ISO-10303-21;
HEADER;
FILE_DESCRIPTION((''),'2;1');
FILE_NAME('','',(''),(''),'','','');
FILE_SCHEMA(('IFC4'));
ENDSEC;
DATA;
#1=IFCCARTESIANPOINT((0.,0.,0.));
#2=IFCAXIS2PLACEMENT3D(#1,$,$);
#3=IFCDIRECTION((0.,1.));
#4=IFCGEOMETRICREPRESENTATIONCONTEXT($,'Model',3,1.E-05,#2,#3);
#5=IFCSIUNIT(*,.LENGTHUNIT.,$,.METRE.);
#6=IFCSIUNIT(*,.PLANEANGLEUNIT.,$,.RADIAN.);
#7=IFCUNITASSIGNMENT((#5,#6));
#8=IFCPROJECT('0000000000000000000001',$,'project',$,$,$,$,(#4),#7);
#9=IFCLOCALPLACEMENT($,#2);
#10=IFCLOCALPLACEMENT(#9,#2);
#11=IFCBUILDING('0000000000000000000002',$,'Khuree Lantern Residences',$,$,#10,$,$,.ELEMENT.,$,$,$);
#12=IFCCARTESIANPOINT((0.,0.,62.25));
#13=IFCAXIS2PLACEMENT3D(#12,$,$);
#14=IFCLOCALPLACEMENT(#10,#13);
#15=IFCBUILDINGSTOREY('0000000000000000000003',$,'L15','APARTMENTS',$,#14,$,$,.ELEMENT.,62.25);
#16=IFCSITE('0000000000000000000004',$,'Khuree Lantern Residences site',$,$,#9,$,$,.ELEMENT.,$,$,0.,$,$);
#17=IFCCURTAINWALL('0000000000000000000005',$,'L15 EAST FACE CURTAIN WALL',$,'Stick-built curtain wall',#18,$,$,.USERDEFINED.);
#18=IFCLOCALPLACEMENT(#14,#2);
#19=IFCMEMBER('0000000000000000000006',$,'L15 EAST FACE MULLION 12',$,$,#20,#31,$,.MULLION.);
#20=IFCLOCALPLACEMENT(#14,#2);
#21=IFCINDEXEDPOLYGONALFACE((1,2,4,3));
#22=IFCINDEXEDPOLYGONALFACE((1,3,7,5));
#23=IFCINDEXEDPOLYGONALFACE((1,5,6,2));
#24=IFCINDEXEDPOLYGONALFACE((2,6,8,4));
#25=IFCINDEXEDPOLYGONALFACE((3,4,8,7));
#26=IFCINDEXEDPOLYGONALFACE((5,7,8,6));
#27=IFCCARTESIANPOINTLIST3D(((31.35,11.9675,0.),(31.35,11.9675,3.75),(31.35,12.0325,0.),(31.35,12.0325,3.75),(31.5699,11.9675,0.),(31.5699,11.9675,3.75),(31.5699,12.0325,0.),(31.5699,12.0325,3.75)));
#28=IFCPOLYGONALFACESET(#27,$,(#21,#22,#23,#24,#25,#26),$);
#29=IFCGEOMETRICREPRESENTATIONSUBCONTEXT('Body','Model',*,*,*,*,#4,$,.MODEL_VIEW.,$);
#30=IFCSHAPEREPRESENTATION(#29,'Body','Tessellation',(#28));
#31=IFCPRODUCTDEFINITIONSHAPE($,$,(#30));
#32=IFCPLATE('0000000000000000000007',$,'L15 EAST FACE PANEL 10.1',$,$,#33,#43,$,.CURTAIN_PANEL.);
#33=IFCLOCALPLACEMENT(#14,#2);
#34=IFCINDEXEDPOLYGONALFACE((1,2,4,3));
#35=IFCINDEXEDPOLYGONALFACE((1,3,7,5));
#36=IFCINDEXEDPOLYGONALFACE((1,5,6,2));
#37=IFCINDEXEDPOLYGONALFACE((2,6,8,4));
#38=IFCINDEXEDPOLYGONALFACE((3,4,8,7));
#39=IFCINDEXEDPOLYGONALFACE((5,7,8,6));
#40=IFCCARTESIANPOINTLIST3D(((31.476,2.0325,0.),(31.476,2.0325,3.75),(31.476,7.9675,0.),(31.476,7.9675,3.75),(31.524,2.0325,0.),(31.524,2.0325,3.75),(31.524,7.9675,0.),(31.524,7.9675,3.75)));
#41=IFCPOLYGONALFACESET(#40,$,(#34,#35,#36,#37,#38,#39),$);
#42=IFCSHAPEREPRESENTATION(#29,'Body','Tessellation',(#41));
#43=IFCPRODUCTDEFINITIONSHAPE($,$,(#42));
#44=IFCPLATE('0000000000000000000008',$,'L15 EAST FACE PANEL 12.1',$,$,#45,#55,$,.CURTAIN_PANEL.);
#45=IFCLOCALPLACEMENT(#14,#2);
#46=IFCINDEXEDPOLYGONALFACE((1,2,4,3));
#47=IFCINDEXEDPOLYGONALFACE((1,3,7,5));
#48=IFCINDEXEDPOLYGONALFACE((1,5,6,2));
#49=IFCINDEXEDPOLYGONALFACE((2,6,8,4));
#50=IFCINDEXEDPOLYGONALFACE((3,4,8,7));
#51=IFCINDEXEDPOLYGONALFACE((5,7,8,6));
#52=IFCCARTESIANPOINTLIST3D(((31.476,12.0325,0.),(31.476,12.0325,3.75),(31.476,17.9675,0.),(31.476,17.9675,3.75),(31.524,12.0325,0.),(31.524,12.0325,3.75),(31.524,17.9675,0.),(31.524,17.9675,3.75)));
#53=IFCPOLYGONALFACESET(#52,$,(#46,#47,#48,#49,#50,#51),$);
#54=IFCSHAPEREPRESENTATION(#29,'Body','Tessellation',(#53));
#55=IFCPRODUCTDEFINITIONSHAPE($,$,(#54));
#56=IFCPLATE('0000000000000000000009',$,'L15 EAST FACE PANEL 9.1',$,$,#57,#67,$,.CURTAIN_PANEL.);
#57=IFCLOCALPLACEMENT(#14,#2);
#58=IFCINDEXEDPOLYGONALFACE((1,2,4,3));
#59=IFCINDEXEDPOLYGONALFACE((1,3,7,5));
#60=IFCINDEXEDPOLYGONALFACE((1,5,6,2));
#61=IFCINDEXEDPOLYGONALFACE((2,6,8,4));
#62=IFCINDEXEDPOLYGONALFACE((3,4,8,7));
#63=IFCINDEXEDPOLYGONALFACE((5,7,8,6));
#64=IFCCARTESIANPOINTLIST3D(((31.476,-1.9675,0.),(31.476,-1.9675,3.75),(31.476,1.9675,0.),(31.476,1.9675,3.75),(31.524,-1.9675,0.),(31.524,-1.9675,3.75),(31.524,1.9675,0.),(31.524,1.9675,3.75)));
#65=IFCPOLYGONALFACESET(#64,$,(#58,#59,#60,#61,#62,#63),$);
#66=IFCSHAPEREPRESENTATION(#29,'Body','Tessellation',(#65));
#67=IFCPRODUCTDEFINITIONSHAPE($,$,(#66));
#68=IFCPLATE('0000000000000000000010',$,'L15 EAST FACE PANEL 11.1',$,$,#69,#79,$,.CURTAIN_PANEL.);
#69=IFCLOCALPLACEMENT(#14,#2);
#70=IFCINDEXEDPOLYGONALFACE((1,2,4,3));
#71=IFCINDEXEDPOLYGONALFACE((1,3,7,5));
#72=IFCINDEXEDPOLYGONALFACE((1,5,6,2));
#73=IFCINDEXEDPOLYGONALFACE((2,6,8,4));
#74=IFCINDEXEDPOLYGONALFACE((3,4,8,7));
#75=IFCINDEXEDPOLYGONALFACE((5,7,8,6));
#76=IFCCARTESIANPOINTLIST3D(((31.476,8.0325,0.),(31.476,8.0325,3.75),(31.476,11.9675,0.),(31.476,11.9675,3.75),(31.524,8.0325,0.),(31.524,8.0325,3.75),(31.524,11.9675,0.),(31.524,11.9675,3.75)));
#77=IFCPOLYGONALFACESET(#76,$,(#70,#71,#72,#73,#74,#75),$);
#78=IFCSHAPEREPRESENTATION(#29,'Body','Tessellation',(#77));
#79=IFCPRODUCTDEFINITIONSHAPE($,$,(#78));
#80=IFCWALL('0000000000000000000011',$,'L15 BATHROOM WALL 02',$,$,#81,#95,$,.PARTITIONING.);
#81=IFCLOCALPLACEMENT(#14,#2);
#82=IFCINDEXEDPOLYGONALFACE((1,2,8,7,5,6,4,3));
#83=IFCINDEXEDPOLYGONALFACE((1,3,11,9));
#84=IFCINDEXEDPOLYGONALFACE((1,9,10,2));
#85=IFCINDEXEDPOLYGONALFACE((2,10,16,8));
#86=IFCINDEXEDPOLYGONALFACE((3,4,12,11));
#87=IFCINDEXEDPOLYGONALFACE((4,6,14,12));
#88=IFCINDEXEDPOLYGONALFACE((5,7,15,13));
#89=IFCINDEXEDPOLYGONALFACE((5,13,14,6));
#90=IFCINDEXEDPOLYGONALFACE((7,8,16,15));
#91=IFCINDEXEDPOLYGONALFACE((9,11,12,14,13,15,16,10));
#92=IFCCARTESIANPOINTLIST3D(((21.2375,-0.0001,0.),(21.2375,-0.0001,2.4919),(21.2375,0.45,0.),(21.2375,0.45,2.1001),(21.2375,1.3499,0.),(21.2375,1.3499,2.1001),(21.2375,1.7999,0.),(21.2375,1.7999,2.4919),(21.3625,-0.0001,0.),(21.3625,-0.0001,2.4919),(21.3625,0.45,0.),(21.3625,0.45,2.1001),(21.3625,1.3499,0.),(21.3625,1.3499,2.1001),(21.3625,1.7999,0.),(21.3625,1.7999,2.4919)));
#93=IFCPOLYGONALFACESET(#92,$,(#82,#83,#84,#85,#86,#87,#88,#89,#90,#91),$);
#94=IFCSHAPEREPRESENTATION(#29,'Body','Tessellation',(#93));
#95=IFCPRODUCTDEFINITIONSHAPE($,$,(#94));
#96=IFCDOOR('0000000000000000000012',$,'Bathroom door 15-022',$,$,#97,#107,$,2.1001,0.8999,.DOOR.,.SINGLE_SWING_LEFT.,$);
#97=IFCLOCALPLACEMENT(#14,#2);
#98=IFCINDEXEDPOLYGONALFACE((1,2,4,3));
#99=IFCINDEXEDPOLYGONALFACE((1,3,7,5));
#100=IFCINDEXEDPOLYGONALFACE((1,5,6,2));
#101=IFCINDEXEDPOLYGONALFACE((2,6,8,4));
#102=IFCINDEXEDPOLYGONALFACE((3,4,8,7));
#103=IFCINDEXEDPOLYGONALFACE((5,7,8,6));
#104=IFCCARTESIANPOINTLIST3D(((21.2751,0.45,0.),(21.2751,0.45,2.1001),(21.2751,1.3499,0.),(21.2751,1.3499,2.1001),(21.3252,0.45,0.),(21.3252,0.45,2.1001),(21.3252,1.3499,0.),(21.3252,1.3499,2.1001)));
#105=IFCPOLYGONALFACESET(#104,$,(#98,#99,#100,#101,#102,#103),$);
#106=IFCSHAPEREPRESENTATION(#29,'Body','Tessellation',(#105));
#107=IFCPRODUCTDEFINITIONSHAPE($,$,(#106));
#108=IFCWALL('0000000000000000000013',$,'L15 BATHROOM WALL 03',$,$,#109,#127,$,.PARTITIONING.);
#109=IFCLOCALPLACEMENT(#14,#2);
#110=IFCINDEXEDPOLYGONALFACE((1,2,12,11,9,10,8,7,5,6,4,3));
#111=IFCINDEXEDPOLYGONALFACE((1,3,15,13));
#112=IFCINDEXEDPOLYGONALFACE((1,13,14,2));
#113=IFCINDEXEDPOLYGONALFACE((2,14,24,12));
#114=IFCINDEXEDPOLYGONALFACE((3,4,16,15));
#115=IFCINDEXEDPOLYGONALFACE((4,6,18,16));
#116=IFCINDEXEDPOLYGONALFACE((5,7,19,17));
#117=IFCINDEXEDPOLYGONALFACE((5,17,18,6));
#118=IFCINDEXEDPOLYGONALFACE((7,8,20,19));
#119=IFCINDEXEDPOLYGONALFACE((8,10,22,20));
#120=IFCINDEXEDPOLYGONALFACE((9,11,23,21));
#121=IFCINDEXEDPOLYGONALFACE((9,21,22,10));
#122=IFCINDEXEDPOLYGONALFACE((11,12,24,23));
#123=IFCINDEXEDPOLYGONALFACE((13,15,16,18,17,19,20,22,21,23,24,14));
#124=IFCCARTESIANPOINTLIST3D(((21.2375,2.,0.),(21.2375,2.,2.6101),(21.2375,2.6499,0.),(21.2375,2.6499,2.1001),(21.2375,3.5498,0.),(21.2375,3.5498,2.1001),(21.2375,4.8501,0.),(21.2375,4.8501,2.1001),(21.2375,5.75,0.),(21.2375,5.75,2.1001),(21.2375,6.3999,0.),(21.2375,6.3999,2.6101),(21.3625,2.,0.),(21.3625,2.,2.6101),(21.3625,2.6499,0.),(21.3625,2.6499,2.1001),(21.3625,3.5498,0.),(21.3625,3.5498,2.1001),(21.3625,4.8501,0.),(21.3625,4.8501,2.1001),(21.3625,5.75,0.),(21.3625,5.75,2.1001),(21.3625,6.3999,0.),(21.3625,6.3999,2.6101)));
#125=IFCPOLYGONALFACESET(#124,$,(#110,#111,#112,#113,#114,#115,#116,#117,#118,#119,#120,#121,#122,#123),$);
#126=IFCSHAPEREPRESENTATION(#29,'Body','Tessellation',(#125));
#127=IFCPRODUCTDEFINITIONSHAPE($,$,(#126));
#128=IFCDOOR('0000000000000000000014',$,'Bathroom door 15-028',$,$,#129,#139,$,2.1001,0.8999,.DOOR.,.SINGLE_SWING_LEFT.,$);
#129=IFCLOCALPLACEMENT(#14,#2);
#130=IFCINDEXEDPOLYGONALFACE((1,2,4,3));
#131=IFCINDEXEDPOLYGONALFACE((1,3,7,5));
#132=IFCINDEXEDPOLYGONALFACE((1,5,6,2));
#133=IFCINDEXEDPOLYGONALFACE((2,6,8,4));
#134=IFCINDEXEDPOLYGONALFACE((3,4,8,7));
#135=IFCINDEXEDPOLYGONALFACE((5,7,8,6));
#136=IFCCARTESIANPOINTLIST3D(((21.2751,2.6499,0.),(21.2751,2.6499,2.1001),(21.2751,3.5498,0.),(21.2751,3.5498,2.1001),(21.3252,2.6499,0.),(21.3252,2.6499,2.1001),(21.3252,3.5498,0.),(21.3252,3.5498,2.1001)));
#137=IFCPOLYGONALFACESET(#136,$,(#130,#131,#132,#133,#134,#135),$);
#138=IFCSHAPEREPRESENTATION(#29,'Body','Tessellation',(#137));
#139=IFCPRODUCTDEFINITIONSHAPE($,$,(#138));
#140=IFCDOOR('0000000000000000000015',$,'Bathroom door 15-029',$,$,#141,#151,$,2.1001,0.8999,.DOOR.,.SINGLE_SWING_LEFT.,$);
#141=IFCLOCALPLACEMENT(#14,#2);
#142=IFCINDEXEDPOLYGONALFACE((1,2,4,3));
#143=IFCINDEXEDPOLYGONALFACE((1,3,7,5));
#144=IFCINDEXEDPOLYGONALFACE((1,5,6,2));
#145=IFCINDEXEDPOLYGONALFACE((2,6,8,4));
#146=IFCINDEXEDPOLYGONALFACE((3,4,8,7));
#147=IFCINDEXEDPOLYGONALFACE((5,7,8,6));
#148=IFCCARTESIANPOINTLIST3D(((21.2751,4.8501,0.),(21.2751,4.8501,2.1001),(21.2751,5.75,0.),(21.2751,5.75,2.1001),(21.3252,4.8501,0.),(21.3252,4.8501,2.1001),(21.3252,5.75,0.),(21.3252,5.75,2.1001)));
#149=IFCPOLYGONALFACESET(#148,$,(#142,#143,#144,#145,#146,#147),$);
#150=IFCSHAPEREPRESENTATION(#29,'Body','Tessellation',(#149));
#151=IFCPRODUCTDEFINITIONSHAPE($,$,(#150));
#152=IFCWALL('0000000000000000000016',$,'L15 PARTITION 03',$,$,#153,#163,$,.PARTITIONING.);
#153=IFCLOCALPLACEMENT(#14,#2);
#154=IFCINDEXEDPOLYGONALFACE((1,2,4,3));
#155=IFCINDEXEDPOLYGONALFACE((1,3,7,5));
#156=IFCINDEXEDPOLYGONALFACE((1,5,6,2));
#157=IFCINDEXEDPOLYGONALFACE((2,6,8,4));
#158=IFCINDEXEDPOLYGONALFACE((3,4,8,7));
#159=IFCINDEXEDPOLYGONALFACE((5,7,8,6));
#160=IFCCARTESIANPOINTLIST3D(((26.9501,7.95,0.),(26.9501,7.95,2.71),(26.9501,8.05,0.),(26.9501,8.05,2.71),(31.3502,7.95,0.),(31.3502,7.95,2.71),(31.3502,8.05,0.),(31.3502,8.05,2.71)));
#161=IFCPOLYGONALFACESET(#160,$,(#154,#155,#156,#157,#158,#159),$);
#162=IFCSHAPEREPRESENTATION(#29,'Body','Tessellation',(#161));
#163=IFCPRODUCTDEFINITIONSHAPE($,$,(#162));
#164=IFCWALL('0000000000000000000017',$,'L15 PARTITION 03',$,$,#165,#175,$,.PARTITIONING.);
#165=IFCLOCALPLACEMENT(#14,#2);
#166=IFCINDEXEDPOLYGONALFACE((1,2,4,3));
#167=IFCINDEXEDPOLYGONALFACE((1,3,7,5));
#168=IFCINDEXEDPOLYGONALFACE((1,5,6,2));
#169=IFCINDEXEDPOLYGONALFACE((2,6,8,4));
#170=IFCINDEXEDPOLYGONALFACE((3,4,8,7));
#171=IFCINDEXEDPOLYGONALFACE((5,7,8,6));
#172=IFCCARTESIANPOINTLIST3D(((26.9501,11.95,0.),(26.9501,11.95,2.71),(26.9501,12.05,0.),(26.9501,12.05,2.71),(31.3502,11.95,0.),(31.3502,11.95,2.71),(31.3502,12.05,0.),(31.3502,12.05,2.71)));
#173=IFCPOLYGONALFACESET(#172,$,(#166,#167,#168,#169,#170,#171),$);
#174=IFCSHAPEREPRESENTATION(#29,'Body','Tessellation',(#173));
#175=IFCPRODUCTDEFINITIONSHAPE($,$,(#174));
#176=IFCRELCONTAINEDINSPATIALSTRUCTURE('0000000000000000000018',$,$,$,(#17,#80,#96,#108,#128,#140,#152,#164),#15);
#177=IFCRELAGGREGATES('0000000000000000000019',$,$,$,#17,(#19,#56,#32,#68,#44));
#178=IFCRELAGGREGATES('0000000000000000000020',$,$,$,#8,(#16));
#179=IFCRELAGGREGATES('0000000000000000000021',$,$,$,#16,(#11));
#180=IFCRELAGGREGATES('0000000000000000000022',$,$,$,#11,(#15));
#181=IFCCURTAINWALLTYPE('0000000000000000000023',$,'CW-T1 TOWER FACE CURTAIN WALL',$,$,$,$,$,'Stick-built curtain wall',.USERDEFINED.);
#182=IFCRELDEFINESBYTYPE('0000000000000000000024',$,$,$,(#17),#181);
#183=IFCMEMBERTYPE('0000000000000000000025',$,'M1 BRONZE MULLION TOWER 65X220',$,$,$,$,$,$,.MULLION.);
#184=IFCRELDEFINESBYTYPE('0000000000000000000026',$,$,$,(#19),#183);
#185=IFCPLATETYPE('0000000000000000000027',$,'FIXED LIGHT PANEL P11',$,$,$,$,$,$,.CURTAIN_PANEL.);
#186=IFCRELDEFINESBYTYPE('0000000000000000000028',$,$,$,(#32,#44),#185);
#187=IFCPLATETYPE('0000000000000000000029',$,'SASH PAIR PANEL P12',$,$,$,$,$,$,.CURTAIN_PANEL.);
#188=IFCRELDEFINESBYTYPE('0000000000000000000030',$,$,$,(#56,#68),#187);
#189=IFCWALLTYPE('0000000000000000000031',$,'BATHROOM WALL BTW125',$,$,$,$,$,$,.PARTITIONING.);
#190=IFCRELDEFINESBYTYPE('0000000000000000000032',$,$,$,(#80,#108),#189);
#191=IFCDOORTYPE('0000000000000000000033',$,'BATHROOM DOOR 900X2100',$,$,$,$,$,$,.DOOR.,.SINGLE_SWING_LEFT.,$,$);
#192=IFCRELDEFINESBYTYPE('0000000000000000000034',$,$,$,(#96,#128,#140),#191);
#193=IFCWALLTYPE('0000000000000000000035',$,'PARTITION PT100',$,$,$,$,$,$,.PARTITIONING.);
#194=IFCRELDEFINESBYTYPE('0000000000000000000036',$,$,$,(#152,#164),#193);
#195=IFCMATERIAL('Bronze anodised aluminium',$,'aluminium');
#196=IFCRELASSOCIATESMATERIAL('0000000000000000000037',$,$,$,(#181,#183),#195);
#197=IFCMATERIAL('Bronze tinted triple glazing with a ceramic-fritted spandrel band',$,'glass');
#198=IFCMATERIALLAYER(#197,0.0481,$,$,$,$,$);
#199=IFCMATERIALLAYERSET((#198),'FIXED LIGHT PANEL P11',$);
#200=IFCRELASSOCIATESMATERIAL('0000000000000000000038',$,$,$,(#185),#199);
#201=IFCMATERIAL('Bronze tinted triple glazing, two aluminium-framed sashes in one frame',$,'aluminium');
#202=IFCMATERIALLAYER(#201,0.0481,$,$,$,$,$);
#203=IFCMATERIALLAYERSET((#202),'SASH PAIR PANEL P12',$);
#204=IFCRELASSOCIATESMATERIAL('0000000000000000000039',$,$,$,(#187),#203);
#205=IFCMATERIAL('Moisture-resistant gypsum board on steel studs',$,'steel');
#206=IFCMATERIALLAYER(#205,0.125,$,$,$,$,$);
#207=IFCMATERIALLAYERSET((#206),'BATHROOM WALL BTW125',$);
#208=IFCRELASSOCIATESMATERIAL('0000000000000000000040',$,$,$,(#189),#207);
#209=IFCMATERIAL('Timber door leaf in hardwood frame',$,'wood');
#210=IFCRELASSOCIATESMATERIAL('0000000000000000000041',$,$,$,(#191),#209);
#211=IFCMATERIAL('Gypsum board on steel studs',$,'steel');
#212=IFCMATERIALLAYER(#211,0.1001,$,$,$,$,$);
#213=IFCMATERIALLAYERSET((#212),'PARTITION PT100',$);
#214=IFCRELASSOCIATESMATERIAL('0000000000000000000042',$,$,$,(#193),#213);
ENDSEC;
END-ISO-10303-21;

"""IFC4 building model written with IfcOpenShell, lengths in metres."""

from ifc_helpers import new_model, si_unit, direction, frame, frame_2d, origin, origin_2d, place, context, subcontext, project, spatial, rectangle, extrude, material, layer, layer_set, material_profile, profile_set, type_object, element, fill, aggregate, save


model = new_model("IFC4")

# Units and contexts
model_context = context("Model", 3, precision=1e-05, world=origin(), true_north=direction((0.0, 1.0)))
body_context = subcontext(model_context, "Body", "Model", "MODEL_VIEW")
ifc_project = project(units=[si_unit("LENGTHUNIT", "METRE"), si_unit("PLANEANGLEUNIT", "RADIAN")], contexts=[model_context])

# Site, building, storey
site_placement = place(None, origin())
site = spatial("IfcSite", under=ifc_project, at=site_placement, Name="Khuree Lantern Residences site", CompositionType="ELEMENT", RefElevation=0.0)
building_placement = place(site_placement, origin())
building = spatial("IfcBuilding", under=site, at=building_placement, Name="Khuree Lantern Residences", CompositionType="ELEMENT")
storey_placement = place(building_placement, frame((0.0, 0.0, 62.25)))
storey = spatial("IfcBuildingStorey", under=building, at=storey_placement, Name="L15", Description="APARTMENTS", CompositionType="ELEMENT", Elevation=62.25)

# Curtain wall
ifc_material_1 = material(Name="Bronze anodised aluminium", Category="aluminium")
curtain_wall_type = type_object("IfcCurtainWallType", Name="CW-T1 TOWER FACE CURTAIN WALL", ElementType="Stick-built curtain wall", PredefinedType="USERDEFINED", material=ifc_material_1)
curtain_wall_placement = place(storey_placement, origin())
curtain_wall = element("IfcCurtainWall", 1, at=curtain_wall_placement, inside=storey, type_object=curtain_wall_type, Name="L15 EAST FACE CURTAIN WALL", ObjectType="Stick-built curtain wall", PredefinedType="USERDEFINED")

# Member
ifc_material_profile_1 = material_profile(ifc_material_1, rectangle(XDim=0.0649, YDim=0.22, at=origin_2d()), Name="M1 65X220")
ifc_profile_set_1 = profile_set([ifc_material_profile_1], Name="Bronze anodised aluminium")
member_type_1 = type_object("IfcMemberType", Name="M1 BRONZE MULLION TOWER 65X220", PredefinedType="MULLION", material=ifc_profile_set_1)
member_1_placement = place(storey_placement, frame((31.46, 12.0, 0.0), z_axis=(0.0, 0.0, 1.0), x_axis=(0.0, 1.0, 0.0)))
member_1 = element("IfcMember", 2, at=member_1_placement, type_object=member_type_1, Name="L15 EAST FACE MULLION 12", PredefinedType="MULLION", context=body_context, shape_type="SweptSolid", body=[
    extrude(rectangle(XDim=0.0649, YDim=0.22, at=origin_2d()), origin(), (0.0, 0.0, 1.0), 3.75),
])

# Plates
ifc_material_2 = material(Name="Bronze tinted triple glazing with a ceramic-fritted spandrel band", Category="glass")
ifc_layer_1 = layer(ifc_material_2, 0.0481)
ifc_layer_set_1 = layer_set([ifc_layer_1], Name="FIXED LIGHT PANEL P11")
plate_type_1 = type_object("IfcPlateType", Name="FIXED LIGHT PANEL P11", PredefinedType="CURTAIN_PANEL", material=ifc_layer_set_1)
plate_1_placement = place(storey_placement, frame((31.5, 5.0, 0.0), z_axis=(0.0, 0.0, 1.0), x_axis=(0.0, 1.0, 0.0)))
plate_1 = element("IfcPlate", 3, at=plate_1_placement, type_object=plate_type_1, Name="L15 EAST FACE PANEL 10.1", PredefinedType="CURTAIN_PANEL", context=body_context, shape_type="SweptSolid", body=[
    extrude(rectangle(XDim=5.9351, YDim=0.0481, at=origin_2d()), origin(), (0.0, 0.0, 1.0), 3.75),
])
plate_2_placement = place(storey_placement, frame((31.5, 15.0, 0.0), z_axis=(0.0, 0.0, 1.0), x_axis=(0.0, 1.0, 0.0)))
plate_2 = element("IfcPlate", 4, at=plate_2_placement, type_object=plate_type_1, Name="L15 EAST FACE PANEL 12.1", PredefinedType="CURTAIN_PANEL", context=body_context, shape_type="SweptSolid", body=[
    extrude(rectangle(XDim=5.9351, YDim=0.0481, at=origin_2d()), origin(), (0.0, 0.0, 1.0), 3.75),
])
ifc_material_3 = material(Name="Bronze tinted triple glazing, two aluminium-framed sashes in one frame", Category="aluminium")
ifc_layer_2 = layer(ifc_material_3, 0.0481)
ifc_layer_set_2 = layer_set([ifc_layer_2], Name="SASH PAIR PANEL P12")
plate_type_2 = type_object("IfcPlateType", Name="SASH PAIR PANEL P12", PredefinedType="CURTAIN_PANEL", material=ifc_layer_set_2)
plate_3_placement = place(storey_placement, frame((31.5, 0.0, 0.0), z_axis=(0.0, 0.0, 1.0), x_axis=(0.0, 1.0, 0.0)))
plate_3 = element("IfcPlate", 5, at=plate_3_placement, type_object=plate_type_2, Name="L15 EAST FACE PANEL 9.1", PredefinedType="CURTAIN_PANEL", context=body_context, shape_type="SweptSolid", body=[
    extrude(rectangle(XDim=3.9351, YDim=0.0481, at=origin_2d()), origin(), (0.0, 0.0, 1.0), 3.75),
])
plate_4_placement = place(storey_placement, frame((31.5, 10.0, 0.0), z_axis=(0.0, 0.0, 1.0), x_axis=(0.0, 1.0, 0.0)))
plate_4 = element("IfcPlate", 6, at=plate_4_placement, type_object=plate_type_2, Name="L15 EAST FACE PANEL 11.1", PredefinedType="CURTAIN_PANEL", context=body_context, shape_type="SweptSolid", body=[
    extrude(rectangle(XDim=3.9351, YDim=0.0481, at=origin_2d()), origin(), (0.0, 0.0, 1.0), 3.75),
])
aggregate(curtain_wall, [member_1, plate_3, plate_1, plate_4, plate_2])

# Wall, opening, door
ifc_material_4 = material(Name="Moisture-resistant gypsum board on steel studs", Category="steel")
ifc_layer_3 = layer(ifc_material_4, 0.125)
ifc_layer_set_3 = layer_set([ifc_layer_3], Name="BATHROOM WALL BTW125")
wall_type_1 = type_object("IfcWallType", Name="BATHROOM WALL BTW125", PredefinedType="PARTITIONING", material=ifc_layer_set_3)
wall_1_placement = place(storey_placement, frame((21.3, 0.0, 0.0), z_axis=(0.0, 0.0, 1.0), x_axis=(0.0, 1.0, 0.0)))
wall_1 = element("IfcWall", 7, at=wall_1_placement, inside=storey, type_object=wall_type_1, Name="L15 BATHROOM WALL 02", PredefinedType="PARTITIONING", context=body_context, shape_type="SweptSolid", body=[
    extrude(rectangle(XDim=1.8, YDim=0.125, at=frame_2d((0.8999, 0.0))), origin(), (0.0, 0.0, 1.0), 2.4919),
])
opening_1_placement = place(wall_1_placement, frame((0.45, 0.0, 0.0)))
opening_1 = element("IfcOpeningElement", 8, at=opening_1_placement, cuts=wall_1, PredefinedType="OPENING", context=body_context, shape_type="SweptSolid", body=[
    extrude(rectangle(XDim=0.8999, YDim=2.1001, at=frame_2d((0.45, 1.05))), frame((0.0, 0.0725, 0.0), z_axis=(0.0, -1.0, 0.0), x_axis=(1.0, 0.0, 0.0)), (0.0, 0.0, 1.0), 0.145),
])
ifc_material_5 = material(Name="Timber door leaf in hardwood frame", Category="wood")
door_type_1 = type_object("IfcDoorType", Name="BATHROOM DOOR 900X2100", OperationType="SINGLE_SWING_LEFT", PredefinedType="DOOR", material=ifc_material_5)
door_1_placement = place(opening_1_placement, origin())
door_1 = element("IfcDoor", 9, at=door_1_placement, inside=storey, type_object=door_type_1, Name="Bathroom door 15-022", OperationType="SINGLE_SWING_LEFT", OverallHeight=2.1001, OverallWidth=0.8999, PredefinedType="DOOR", context=body_context, shape_type="SweptSolid", body=[
    extrude(rectangle(XDim=0.8999, YDim=2.1001, at=frame_2d((0.45, 1.05))), frame((0.0, 0.0249, 0.0), z_axis=(0.0, -1.0, 0.0), x_axis=(1.0, 0.0, 0.0)), (0.0, 0.0, 1.0), 0.05),
])
fill(opening_1, door_1)

# Wall, openings, doors
wall_2_placement = place(storey_placement, frame((21.3, 2.0, 0.0), z_axis=(0.0, 0.0, 1.0), x_axis=(0.0, 1.0, 0.0)))
wall_2 = element("IfcWall", 10, at=wall_2_placement, inside=storey, type_object=wall_type_1, Name="L15 BATHROOM WALL 03", PredefinedType="PARTITIONING", context=body_context, shape_type="SweptSolid", body=[
    extrude(rectangle(XDim=4.3999, YDim=0.125, at=frame_2d((2.2, 0.0))), origin(), (0.0, 0.0, 1.0), 2.6101),
])
opening_2_placement = place(wall_2_placement, frame((0.6499, 0.0, 0.0)))
opening_2 = element("IfcOpeningElement", 11, at=opening_2_placement, cuts=wall_2, PredefinedType="OPENING", context=body_context, shape_type="SweptSolid", body=[
    extrude(rectangle(XDim=0.8999, YDim=2.1001, at=frame_2d((0.45, 1.05))), frame((0.0, 0.0725, 0.0), z_axis=(0.0, -1.0, 0.0), x_axis=(1.0, 0.0, 0.0)), (0.0, 0.0, 1.0), 0.145),
])
opening_3_placement = place(wall_2_placement, frame((2.8501, 0.0, 0.0)))
opening_3 = element("IfcOpeningElement", 12, at=opening_3_placement, cuts=wall_2, PredefinedType="OPENING", context=body_context, shape_type="SweptSolid", body=[
    extrude(rectangle(XDim=0.8999, YDim=2.1001, at=frame_2d((0.45, 1.05))), frame((0.0, 0.0725, 0.0), z_axis=(0.0, -1.0, 0.0), x_axis=(1.0, 0.0, 0.0)), (0.0, 0.0, 1.0), 0.145),
])
door_2_placement = place(opening_2_placement, origin())
door_2 = element("IfcDoor", 13, at=door_2_placement, inside=storey, type_object=door_type_1, Name="Bathroom door 15-028", OperationType="SINGLE_SWING_LEFT", OverallHeight=2.1001, OverallWidth=0.8999, PredefinedType="DOOR", context=body_context, shape_type="SweptSolid", body=[
    extrude(rectangle(XDim=0.8999, YDim=2.1001, at=frame_2d((0.45, 1.05))), frame((0.0, 0.0249, 0.0), z_axis=(0.0, -1.0, 0.0), x_axis=(1.0, 0.0, 0.0)), (0.0, 0.0, 1.0), 0.05),
])
fill(opening_2, door_2)
door_3_placement = place(opening_3_placement, origin())
door_3 = element("IfcDoor", 14, at=door_3_placement, inside=storey, type_object=door_type_1, Name="Bathroom door 15-029", OperationType="SINGLE_SWING_LEFT", OverallHeight=2.1001, OverallWidth=0.8999, PredefinedType="DOOR", context=body_context, shape_type="SweptSolid", body=[
    extrude(rectangle(XDim=0.8999, YDim=2.1001, at=frame_2d((0.45, 1.05))), frame((0.0, 0.0249, 0.0), z_axis=(0.0, -1.0, 0.0), x_axis=(1.0, 0.0, 0.0)), (0.0, 0.0, 1.0), 0.05),
])
fill(opening_3, door_3)

# Walls
ifc_material_6 = material(Name="Gypsum board on steel studs", Category="steel")
ifc_layer_4 = layer(ifc_material_6, 0.1001)
ifc_layer_set_4 = layer_set([ifc_layer_4], Name="PARTITION PT100")
wall_type_2 = type_object("IfcWallType", Name="PARTITION PT100", PredefinedType="PARTITIONING", material=ifc_layer_set_4)
for number, where, z_axis, x_axis, name in (
    (15, (26.95, 8.0, 0.0), (0.0, 0.0, 1.0), (1.0, 0.0, 0.0), "L15 PARTITION 03"),
    (16, (26.95, 12.0, 0.0), (0.0, 0.0, 1.0), (1.0, 0.0, 0.0), "L15 PARTITION 03"),
):
    element("IfcWall", number, at=place(storey_placement, frame(where, z_axis=z_axis, x_axis=x_axis)), inside=storey, type_object=wall_type_2, Name=name, PredefinedType="PARTITIONING", context=body_context, shape_type="SweptSolid", body=[
        extrude(rectangle(XDim=4.4001, YDim=0.1001, at=frame_2d((2.2002, 0.0))), origin(), (0.0, 0.0, 1.0), 2.71),
    ])

save(model, "model.ifc")
